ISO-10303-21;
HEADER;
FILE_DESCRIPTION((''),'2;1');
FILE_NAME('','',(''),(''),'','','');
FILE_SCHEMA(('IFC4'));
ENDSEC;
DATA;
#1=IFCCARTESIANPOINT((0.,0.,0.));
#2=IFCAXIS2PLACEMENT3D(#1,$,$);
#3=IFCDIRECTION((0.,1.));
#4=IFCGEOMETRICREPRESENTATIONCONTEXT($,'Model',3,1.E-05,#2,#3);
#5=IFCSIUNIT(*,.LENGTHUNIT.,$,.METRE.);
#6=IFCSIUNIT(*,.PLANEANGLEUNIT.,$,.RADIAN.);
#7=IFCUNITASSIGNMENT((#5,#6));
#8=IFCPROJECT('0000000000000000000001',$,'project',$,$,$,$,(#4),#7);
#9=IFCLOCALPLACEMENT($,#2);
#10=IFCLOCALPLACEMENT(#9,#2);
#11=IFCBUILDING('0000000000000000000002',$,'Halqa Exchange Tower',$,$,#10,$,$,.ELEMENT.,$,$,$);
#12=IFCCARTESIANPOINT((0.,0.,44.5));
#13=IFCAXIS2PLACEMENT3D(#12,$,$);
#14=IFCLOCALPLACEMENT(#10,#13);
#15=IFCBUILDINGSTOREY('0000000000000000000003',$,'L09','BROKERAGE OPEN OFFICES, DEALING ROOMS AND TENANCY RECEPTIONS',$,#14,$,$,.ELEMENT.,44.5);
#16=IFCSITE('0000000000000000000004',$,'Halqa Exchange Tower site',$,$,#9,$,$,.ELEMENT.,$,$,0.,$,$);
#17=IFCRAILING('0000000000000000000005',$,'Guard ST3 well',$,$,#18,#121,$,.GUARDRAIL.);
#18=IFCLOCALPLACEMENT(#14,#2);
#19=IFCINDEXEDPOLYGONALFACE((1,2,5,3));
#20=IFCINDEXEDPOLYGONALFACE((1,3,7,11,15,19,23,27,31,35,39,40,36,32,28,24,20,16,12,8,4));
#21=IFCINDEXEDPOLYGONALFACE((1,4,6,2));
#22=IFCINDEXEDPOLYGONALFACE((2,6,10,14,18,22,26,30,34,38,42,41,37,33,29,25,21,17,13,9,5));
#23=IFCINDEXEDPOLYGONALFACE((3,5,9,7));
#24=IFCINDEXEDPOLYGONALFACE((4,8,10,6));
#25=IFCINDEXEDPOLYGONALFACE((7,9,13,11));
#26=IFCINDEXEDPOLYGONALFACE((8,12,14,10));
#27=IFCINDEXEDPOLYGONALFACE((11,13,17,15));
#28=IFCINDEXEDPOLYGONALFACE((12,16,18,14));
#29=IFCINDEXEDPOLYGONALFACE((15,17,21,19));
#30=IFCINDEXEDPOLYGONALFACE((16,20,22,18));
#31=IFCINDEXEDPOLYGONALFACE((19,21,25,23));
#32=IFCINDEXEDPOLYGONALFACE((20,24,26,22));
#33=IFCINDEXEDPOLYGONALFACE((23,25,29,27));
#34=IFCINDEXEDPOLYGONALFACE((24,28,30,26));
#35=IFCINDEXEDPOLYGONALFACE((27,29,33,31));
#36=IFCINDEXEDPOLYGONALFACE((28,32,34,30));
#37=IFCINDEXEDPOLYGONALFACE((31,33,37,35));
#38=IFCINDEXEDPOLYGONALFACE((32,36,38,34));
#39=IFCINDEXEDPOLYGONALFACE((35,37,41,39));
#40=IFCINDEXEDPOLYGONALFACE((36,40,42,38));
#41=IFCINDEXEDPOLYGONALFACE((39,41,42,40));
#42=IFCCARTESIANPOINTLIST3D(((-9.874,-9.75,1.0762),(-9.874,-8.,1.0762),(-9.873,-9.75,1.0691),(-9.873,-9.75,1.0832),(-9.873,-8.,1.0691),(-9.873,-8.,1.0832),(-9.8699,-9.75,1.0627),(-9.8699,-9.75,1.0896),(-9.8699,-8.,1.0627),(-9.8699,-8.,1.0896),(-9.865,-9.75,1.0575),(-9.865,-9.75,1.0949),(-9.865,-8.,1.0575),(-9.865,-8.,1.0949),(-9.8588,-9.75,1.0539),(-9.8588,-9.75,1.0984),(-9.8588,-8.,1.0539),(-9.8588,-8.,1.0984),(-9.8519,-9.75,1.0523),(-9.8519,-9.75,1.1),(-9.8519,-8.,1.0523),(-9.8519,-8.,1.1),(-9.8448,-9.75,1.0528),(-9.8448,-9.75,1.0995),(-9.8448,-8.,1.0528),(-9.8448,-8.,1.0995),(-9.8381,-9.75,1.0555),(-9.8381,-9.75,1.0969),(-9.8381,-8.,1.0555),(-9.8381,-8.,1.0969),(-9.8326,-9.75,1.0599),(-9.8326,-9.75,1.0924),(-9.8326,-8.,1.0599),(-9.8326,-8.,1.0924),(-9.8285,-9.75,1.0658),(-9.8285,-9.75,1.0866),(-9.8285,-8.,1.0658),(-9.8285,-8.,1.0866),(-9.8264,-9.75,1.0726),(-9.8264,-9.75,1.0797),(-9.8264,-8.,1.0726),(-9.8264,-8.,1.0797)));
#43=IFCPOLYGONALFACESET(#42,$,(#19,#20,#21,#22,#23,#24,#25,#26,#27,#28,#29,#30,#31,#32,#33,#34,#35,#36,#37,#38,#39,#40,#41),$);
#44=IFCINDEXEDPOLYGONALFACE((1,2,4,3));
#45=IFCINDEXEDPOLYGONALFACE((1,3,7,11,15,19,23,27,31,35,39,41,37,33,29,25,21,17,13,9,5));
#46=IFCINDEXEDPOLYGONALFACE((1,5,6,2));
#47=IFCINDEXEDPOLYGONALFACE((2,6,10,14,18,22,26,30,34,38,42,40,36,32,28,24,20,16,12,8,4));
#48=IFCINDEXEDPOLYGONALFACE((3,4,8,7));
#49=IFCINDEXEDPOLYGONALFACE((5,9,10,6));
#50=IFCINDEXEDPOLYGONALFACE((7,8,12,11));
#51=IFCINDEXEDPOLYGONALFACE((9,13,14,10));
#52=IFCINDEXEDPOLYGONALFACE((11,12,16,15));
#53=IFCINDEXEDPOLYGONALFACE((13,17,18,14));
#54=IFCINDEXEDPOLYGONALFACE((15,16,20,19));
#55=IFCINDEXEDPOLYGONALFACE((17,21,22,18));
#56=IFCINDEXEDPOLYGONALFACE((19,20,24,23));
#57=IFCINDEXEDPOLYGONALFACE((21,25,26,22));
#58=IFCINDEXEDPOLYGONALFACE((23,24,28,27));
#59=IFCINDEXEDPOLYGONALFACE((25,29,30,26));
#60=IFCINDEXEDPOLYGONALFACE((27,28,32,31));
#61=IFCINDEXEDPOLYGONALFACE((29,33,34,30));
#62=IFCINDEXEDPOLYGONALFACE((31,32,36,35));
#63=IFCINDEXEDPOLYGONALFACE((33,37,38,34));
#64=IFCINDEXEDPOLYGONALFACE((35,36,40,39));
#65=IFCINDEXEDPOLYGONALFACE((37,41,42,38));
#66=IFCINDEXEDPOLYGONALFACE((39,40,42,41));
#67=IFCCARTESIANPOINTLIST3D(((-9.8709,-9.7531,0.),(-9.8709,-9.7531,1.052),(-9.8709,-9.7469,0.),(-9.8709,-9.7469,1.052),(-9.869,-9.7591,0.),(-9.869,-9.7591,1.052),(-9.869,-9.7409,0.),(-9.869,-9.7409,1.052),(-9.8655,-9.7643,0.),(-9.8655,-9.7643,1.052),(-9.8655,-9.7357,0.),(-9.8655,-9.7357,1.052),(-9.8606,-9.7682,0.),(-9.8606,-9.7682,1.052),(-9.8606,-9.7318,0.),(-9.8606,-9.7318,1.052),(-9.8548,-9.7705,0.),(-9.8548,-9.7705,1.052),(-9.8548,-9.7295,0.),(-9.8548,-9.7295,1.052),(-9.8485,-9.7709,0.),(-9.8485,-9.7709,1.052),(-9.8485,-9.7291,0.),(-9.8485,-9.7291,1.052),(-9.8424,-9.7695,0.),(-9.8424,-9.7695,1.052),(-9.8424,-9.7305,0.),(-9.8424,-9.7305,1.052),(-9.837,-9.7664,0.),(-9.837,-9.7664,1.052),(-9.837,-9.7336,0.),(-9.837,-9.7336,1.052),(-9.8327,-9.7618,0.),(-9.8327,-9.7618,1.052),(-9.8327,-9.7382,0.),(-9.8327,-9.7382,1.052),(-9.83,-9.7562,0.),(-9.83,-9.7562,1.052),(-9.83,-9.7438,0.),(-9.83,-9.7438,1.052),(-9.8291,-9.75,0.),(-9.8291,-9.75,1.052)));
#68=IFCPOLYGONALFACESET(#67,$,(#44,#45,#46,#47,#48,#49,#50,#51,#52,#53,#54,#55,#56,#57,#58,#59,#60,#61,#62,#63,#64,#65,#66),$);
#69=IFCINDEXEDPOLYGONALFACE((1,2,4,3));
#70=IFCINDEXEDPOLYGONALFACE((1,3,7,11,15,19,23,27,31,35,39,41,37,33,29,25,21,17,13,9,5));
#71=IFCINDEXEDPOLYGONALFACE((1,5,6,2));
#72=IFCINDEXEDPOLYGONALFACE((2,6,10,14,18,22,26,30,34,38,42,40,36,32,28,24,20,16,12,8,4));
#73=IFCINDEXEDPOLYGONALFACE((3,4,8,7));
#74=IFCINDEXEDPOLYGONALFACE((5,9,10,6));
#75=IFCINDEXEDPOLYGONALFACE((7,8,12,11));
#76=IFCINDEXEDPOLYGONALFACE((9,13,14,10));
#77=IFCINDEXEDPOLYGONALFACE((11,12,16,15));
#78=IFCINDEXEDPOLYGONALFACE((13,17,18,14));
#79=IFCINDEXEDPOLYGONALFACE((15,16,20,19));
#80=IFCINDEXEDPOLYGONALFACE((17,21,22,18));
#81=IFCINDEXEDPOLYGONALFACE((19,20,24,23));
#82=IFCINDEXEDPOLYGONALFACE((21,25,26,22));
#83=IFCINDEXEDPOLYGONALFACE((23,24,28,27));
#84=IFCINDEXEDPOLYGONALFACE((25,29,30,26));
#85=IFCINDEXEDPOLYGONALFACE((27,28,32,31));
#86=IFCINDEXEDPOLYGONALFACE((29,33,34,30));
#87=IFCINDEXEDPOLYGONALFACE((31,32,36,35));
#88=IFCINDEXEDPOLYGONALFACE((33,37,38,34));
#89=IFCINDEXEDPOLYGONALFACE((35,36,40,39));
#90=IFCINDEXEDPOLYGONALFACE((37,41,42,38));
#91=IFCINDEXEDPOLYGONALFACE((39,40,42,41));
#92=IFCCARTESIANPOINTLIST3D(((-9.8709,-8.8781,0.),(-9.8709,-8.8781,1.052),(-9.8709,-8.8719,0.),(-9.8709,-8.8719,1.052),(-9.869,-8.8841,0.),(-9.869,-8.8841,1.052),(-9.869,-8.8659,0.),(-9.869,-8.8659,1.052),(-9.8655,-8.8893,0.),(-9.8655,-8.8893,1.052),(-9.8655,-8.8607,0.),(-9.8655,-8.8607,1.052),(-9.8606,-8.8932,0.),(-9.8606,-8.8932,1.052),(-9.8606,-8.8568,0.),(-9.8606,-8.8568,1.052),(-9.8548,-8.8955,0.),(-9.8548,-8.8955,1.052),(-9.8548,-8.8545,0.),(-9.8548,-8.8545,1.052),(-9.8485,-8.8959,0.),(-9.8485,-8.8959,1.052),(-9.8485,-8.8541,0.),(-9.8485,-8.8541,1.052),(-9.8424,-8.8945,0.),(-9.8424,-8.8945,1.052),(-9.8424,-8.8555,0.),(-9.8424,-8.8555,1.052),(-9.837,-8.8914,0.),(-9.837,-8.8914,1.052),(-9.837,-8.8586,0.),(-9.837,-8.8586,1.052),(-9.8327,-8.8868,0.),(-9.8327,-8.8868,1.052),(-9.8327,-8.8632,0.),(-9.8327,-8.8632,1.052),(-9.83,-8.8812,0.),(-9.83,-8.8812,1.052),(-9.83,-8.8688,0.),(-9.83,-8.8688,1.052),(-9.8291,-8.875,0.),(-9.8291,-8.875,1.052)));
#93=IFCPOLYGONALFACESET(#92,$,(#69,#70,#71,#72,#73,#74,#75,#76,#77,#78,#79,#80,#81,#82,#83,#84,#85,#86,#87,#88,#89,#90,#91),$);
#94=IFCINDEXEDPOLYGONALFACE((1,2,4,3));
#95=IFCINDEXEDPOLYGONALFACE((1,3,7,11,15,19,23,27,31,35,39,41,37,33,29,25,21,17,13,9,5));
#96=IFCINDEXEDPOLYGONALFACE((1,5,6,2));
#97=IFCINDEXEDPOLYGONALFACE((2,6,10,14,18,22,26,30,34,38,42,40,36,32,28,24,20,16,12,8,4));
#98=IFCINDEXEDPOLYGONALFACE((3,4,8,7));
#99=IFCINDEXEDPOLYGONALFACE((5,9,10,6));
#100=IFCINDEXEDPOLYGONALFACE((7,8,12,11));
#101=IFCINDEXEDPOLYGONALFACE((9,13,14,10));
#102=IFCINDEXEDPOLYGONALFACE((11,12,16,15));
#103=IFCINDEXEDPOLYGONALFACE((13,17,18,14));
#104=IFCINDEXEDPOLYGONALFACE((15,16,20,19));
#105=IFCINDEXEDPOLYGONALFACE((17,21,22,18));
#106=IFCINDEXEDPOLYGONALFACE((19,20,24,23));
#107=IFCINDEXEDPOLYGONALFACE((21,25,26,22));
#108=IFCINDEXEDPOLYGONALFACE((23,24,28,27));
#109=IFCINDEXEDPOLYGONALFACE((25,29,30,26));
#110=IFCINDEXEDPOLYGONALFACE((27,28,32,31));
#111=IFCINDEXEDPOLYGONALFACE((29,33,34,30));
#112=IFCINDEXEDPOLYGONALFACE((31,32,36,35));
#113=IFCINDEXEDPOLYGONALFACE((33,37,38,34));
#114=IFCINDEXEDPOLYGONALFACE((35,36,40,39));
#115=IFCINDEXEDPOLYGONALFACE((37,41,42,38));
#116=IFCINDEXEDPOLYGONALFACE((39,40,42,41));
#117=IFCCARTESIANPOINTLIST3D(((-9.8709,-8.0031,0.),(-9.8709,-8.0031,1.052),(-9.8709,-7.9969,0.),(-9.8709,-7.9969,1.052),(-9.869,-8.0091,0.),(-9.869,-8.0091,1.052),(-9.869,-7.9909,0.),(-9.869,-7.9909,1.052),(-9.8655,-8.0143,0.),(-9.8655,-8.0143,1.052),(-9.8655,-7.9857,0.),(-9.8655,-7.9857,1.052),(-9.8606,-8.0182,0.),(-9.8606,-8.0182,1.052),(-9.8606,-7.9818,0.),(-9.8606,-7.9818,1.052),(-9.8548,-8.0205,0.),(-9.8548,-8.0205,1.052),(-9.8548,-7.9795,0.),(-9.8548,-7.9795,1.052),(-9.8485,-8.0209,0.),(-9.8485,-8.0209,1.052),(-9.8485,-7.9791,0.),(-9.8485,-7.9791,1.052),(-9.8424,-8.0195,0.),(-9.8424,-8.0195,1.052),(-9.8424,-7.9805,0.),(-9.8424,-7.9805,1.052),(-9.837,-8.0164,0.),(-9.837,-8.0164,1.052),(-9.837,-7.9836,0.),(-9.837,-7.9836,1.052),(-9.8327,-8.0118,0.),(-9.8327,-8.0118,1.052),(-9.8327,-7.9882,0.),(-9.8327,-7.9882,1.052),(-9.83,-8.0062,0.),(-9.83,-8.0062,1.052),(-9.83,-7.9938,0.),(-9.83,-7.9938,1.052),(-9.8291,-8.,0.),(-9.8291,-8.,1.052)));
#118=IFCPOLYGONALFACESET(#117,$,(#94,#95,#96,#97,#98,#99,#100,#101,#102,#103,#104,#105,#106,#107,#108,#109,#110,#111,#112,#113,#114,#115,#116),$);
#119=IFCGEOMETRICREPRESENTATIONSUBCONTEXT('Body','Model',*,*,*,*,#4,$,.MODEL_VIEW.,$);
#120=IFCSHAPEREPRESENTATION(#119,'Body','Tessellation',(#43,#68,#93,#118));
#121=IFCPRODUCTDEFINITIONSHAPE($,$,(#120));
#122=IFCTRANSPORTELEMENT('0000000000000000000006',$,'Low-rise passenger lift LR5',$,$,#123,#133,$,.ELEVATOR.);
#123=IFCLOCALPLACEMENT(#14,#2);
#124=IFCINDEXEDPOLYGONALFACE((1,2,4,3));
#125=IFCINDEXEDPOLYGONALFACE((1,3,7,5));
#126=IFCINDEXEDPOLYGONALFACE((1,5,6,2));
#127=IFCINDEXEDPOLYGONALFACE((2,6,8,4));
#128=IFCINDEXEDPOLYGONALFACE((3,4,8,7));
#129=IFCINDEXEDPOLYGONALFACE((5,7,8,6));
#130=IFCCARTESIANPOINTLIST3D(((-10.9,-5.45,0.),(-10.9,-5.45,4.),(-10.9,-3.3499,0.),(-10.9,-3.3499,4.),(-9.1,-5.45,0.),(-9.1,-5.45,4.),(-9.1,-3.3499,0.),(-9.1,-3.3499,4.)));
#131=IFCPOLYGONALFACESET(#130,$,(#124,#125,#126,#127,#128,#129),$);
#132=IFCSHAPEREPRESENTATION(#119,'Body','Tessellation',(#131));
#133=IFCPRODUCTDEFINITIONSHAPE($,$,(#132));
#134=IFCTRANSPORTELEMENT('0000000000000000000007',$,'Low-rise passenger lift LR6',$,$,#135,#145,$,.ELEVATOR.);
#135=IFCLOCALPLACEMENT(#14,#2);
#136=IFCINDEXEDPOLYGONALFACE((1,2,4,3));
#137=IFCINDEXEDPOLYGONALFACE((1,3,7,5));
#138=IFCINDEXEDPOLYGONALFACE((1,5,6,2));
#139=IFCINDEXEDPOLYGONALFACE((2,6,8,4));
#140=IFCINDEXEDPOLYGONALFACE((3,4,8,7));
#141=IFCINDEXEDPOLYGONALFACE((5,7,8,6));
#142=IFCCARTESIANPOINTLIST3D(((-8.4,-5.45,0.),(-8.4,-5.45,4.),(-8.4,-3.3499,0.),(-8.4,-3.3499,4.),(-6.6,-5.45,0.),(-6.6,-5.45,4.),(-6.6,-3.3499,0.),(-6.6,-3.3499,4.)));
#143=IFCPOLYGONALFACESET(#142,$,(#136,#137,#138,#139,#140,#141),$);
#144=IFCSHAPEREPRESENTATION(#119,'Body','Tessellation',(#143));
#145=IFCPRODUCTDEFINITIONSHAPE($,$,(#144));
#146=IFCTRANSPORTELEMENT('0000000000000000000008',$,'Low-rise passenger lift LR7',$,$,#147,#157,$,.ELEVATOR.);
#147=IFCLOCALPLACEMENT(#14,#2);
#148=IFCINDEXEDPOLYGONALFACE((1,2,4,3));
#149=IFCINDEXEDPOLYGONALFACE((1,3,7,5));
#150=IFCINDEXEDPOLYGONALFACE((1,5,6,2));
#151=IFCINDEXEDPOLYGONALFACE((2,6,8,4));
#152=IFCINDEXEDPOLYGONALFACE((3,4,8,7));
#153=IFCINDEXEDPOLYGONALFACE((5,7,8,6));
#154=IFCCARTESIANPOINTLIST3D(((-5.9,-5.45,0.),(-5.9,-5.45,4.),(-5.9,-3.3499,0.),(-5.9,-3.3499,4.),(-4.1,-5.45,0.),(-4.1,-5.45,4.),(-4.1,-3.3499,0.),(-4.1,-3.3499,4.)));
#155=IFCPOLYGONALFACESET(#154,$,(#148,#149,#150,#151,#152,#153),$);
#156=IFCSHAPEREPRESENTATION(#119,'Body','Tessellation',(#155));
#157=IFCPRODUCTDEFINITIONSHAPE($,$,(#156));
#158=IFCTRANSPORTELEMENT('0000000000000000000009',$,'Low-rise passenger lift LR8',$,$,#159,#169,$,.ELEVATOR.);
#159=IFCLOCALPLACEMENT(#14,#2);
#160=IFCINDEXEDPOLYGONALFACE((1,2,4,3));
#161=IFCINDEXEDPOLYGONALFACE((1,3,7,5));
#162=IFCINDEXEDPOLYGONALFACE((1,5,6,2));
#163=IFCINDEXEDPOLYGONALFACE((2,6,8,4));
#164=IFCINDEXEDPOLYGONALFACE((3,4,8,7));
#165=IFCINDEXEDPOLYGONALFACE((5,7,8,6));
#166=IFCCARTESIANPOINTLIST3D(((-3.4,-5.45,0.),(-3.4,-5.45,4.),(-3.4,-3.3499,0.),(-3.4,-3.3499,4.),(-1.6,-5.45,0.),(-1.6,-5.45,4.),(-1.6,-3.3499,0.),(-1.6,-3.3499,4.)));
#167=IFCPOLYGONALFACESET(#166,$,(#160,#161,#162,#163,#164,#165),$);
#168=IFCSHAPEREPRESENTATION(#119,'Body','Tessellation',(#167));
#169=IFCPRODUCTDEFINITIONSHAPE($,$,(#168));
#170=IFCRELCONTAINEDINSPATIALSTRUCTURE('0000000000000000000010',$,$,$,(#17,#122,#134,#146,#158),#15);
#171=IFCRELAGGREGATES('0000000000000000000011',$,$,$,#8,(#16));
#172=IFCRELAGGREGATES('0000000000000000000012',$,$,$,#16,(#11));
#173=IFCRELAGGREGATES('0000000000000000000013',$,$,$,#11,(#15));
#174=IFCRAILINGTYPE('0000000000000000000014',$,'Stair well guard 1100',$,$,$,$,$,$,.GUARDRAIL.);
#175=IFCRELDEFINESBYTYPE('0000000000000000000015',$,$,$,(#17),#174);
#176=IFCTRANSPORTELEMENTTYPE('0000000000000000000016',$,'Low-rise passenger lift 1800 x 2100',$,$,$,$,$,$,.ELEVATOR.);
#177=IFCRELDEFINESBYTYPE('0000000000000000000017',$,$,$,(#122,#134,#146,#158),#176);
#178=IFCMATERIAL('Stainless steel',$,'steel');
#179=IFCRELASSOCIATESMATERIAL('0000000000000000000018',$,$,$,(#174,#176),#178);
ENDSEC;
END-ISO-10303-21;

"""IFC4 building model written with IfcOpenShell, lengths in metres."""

from ifc_helpers import new_model, si_unit, direction, frame, origin, origin_2d, place, context, subcontext, project, spatial, rectangle, circle, extrude, material, type_object, element, save


model = new_model("IFC4")

# Units and contexts
model_context = context("Model", 3, precision=1e-05, world=origin(), true_north=direction((0.0, 1.0)))
body_context = subcontext(model_context, "Body", "Model", "MODEL_VIEW")
ifc_project = project(units=[si_unit("LENGTHUNIT", "METRE"), si_unit("PLANEANGLEUNIT", "RADIAN")], contexts=[model_context])

# Site, building, storey
site_placement = place(None, origin())
site = spatial("IfcSite", under=ifc_project, at=site_placement, Name="Halqa Exchange Tower site", CompositionType="ELEMENT", RefElevation=0.0)
building_placement = place(site_placement, origin())
building = spatial("IfcBuilding", under=site, at=building_placement, Name="Halqa Exchange Tower", CompositionType="ELEMENT")
storey_placement = place(building_placement, frame((0.0, 0.0, 44.5)))
storey = spatial("IfcBuildingStorey", under=building, at=storey_placement, Name="L09", Description="BROKERAGE OPEN OFFICES, DEALING ROOMS AND TENANCY RECEPTIONS", CompositionType="ELEMENT", Elevation=44.5)

# Shared definitions
ifc_material_1 = material(Name="Stainless steel", Category="steel")

# Railing
railing_type_1 = type_object("IfcRailingType", Name="Stair well guard 1100", PredefinedType="GUARDRAIL", material=ifc_material_1)
railing_1_placement = place(storey_placement, frame((-9.8501, -9.75, 0.0)))
element("IfcRailing", 1, at=railing_1_placement, inside=storey, type_object=railing_type_1, Name="Guard ST3 well", PredefinedType="GUARDRAIL", context=body_context, shape_type="SweptSolid", body=[
    extrude(circle(Radius=0.0239, at=origin_2d()), frame((0.0, 0.0, 1.0762), z_axis=(0.0, 1.0, 0.0), x_axis=(-1.0, 0.0, 0.0)), (0.0, 0.0, 1.0), 1.75),
    extrude(circle(Radius=0.021, at=origin_2d()), origin(), (0.0, 0.0, 1.0), 1.052),
    extrude(circle(Radius=0.021, at=origin_2d()), frame((0.0, 0.875, 0.0)), (0.0, 0.0, 1.0), 1.052),
    extrude(circle(Radius=0.021, at=origin_2d()), frame((0.0, 1.75, 0.0)), (0.0, 0.0, 1.0), 1.052),
])

# Transport elements
transport_element_type = type_object("IfcTransportElementType", Name="Low-rise passenger lift 1800 x 2100", PredefinedType="ELEVATOR", material=ifc_material_1)
for number, where, z_axis, x_axis, name in (
    (2, (-10.0, -4.3999, 0.0), (0.0, 0.0, 1.0), (1.0, 0.0, 0.0), "Low-rise passenger lift LR5"),
    (3, (-7.5, -4.3999, 0.0), (0.0, 0.0, 1.0), (1.0, 0.0, 0.0), "Low-rise passenger lift LR6"),
    (4, (-5.0, -4.3999, 0.0), (0.0, 0.0, 1.0), (1.0, 0.0, 0.0), "Low-rise passenger lift LR7"),
    (5, (-2.5, -4.3999, 0.0), (0.0, 0.0, 1.0), (1.0, 0.0, 0.0), "Low-rise passenger lift LR8"),
):
    element("IfcTransportElement", number, at=place(storey_placement, frame(where, z_axis=z_axis, x_axis=x_axis)), inside=storey, type_object=transport_element_type, Name=name, PredefinedType="ELEVATOR", context=body_context, shape_type="SweptSolid", body=[
        extrude(rectangle(XDim=1.8, YDim=2.1001, at=origin_2d()), origin(), (0.0, 0.0, 1.0), 4.0),
    ])

save(model, "model.ifc")
